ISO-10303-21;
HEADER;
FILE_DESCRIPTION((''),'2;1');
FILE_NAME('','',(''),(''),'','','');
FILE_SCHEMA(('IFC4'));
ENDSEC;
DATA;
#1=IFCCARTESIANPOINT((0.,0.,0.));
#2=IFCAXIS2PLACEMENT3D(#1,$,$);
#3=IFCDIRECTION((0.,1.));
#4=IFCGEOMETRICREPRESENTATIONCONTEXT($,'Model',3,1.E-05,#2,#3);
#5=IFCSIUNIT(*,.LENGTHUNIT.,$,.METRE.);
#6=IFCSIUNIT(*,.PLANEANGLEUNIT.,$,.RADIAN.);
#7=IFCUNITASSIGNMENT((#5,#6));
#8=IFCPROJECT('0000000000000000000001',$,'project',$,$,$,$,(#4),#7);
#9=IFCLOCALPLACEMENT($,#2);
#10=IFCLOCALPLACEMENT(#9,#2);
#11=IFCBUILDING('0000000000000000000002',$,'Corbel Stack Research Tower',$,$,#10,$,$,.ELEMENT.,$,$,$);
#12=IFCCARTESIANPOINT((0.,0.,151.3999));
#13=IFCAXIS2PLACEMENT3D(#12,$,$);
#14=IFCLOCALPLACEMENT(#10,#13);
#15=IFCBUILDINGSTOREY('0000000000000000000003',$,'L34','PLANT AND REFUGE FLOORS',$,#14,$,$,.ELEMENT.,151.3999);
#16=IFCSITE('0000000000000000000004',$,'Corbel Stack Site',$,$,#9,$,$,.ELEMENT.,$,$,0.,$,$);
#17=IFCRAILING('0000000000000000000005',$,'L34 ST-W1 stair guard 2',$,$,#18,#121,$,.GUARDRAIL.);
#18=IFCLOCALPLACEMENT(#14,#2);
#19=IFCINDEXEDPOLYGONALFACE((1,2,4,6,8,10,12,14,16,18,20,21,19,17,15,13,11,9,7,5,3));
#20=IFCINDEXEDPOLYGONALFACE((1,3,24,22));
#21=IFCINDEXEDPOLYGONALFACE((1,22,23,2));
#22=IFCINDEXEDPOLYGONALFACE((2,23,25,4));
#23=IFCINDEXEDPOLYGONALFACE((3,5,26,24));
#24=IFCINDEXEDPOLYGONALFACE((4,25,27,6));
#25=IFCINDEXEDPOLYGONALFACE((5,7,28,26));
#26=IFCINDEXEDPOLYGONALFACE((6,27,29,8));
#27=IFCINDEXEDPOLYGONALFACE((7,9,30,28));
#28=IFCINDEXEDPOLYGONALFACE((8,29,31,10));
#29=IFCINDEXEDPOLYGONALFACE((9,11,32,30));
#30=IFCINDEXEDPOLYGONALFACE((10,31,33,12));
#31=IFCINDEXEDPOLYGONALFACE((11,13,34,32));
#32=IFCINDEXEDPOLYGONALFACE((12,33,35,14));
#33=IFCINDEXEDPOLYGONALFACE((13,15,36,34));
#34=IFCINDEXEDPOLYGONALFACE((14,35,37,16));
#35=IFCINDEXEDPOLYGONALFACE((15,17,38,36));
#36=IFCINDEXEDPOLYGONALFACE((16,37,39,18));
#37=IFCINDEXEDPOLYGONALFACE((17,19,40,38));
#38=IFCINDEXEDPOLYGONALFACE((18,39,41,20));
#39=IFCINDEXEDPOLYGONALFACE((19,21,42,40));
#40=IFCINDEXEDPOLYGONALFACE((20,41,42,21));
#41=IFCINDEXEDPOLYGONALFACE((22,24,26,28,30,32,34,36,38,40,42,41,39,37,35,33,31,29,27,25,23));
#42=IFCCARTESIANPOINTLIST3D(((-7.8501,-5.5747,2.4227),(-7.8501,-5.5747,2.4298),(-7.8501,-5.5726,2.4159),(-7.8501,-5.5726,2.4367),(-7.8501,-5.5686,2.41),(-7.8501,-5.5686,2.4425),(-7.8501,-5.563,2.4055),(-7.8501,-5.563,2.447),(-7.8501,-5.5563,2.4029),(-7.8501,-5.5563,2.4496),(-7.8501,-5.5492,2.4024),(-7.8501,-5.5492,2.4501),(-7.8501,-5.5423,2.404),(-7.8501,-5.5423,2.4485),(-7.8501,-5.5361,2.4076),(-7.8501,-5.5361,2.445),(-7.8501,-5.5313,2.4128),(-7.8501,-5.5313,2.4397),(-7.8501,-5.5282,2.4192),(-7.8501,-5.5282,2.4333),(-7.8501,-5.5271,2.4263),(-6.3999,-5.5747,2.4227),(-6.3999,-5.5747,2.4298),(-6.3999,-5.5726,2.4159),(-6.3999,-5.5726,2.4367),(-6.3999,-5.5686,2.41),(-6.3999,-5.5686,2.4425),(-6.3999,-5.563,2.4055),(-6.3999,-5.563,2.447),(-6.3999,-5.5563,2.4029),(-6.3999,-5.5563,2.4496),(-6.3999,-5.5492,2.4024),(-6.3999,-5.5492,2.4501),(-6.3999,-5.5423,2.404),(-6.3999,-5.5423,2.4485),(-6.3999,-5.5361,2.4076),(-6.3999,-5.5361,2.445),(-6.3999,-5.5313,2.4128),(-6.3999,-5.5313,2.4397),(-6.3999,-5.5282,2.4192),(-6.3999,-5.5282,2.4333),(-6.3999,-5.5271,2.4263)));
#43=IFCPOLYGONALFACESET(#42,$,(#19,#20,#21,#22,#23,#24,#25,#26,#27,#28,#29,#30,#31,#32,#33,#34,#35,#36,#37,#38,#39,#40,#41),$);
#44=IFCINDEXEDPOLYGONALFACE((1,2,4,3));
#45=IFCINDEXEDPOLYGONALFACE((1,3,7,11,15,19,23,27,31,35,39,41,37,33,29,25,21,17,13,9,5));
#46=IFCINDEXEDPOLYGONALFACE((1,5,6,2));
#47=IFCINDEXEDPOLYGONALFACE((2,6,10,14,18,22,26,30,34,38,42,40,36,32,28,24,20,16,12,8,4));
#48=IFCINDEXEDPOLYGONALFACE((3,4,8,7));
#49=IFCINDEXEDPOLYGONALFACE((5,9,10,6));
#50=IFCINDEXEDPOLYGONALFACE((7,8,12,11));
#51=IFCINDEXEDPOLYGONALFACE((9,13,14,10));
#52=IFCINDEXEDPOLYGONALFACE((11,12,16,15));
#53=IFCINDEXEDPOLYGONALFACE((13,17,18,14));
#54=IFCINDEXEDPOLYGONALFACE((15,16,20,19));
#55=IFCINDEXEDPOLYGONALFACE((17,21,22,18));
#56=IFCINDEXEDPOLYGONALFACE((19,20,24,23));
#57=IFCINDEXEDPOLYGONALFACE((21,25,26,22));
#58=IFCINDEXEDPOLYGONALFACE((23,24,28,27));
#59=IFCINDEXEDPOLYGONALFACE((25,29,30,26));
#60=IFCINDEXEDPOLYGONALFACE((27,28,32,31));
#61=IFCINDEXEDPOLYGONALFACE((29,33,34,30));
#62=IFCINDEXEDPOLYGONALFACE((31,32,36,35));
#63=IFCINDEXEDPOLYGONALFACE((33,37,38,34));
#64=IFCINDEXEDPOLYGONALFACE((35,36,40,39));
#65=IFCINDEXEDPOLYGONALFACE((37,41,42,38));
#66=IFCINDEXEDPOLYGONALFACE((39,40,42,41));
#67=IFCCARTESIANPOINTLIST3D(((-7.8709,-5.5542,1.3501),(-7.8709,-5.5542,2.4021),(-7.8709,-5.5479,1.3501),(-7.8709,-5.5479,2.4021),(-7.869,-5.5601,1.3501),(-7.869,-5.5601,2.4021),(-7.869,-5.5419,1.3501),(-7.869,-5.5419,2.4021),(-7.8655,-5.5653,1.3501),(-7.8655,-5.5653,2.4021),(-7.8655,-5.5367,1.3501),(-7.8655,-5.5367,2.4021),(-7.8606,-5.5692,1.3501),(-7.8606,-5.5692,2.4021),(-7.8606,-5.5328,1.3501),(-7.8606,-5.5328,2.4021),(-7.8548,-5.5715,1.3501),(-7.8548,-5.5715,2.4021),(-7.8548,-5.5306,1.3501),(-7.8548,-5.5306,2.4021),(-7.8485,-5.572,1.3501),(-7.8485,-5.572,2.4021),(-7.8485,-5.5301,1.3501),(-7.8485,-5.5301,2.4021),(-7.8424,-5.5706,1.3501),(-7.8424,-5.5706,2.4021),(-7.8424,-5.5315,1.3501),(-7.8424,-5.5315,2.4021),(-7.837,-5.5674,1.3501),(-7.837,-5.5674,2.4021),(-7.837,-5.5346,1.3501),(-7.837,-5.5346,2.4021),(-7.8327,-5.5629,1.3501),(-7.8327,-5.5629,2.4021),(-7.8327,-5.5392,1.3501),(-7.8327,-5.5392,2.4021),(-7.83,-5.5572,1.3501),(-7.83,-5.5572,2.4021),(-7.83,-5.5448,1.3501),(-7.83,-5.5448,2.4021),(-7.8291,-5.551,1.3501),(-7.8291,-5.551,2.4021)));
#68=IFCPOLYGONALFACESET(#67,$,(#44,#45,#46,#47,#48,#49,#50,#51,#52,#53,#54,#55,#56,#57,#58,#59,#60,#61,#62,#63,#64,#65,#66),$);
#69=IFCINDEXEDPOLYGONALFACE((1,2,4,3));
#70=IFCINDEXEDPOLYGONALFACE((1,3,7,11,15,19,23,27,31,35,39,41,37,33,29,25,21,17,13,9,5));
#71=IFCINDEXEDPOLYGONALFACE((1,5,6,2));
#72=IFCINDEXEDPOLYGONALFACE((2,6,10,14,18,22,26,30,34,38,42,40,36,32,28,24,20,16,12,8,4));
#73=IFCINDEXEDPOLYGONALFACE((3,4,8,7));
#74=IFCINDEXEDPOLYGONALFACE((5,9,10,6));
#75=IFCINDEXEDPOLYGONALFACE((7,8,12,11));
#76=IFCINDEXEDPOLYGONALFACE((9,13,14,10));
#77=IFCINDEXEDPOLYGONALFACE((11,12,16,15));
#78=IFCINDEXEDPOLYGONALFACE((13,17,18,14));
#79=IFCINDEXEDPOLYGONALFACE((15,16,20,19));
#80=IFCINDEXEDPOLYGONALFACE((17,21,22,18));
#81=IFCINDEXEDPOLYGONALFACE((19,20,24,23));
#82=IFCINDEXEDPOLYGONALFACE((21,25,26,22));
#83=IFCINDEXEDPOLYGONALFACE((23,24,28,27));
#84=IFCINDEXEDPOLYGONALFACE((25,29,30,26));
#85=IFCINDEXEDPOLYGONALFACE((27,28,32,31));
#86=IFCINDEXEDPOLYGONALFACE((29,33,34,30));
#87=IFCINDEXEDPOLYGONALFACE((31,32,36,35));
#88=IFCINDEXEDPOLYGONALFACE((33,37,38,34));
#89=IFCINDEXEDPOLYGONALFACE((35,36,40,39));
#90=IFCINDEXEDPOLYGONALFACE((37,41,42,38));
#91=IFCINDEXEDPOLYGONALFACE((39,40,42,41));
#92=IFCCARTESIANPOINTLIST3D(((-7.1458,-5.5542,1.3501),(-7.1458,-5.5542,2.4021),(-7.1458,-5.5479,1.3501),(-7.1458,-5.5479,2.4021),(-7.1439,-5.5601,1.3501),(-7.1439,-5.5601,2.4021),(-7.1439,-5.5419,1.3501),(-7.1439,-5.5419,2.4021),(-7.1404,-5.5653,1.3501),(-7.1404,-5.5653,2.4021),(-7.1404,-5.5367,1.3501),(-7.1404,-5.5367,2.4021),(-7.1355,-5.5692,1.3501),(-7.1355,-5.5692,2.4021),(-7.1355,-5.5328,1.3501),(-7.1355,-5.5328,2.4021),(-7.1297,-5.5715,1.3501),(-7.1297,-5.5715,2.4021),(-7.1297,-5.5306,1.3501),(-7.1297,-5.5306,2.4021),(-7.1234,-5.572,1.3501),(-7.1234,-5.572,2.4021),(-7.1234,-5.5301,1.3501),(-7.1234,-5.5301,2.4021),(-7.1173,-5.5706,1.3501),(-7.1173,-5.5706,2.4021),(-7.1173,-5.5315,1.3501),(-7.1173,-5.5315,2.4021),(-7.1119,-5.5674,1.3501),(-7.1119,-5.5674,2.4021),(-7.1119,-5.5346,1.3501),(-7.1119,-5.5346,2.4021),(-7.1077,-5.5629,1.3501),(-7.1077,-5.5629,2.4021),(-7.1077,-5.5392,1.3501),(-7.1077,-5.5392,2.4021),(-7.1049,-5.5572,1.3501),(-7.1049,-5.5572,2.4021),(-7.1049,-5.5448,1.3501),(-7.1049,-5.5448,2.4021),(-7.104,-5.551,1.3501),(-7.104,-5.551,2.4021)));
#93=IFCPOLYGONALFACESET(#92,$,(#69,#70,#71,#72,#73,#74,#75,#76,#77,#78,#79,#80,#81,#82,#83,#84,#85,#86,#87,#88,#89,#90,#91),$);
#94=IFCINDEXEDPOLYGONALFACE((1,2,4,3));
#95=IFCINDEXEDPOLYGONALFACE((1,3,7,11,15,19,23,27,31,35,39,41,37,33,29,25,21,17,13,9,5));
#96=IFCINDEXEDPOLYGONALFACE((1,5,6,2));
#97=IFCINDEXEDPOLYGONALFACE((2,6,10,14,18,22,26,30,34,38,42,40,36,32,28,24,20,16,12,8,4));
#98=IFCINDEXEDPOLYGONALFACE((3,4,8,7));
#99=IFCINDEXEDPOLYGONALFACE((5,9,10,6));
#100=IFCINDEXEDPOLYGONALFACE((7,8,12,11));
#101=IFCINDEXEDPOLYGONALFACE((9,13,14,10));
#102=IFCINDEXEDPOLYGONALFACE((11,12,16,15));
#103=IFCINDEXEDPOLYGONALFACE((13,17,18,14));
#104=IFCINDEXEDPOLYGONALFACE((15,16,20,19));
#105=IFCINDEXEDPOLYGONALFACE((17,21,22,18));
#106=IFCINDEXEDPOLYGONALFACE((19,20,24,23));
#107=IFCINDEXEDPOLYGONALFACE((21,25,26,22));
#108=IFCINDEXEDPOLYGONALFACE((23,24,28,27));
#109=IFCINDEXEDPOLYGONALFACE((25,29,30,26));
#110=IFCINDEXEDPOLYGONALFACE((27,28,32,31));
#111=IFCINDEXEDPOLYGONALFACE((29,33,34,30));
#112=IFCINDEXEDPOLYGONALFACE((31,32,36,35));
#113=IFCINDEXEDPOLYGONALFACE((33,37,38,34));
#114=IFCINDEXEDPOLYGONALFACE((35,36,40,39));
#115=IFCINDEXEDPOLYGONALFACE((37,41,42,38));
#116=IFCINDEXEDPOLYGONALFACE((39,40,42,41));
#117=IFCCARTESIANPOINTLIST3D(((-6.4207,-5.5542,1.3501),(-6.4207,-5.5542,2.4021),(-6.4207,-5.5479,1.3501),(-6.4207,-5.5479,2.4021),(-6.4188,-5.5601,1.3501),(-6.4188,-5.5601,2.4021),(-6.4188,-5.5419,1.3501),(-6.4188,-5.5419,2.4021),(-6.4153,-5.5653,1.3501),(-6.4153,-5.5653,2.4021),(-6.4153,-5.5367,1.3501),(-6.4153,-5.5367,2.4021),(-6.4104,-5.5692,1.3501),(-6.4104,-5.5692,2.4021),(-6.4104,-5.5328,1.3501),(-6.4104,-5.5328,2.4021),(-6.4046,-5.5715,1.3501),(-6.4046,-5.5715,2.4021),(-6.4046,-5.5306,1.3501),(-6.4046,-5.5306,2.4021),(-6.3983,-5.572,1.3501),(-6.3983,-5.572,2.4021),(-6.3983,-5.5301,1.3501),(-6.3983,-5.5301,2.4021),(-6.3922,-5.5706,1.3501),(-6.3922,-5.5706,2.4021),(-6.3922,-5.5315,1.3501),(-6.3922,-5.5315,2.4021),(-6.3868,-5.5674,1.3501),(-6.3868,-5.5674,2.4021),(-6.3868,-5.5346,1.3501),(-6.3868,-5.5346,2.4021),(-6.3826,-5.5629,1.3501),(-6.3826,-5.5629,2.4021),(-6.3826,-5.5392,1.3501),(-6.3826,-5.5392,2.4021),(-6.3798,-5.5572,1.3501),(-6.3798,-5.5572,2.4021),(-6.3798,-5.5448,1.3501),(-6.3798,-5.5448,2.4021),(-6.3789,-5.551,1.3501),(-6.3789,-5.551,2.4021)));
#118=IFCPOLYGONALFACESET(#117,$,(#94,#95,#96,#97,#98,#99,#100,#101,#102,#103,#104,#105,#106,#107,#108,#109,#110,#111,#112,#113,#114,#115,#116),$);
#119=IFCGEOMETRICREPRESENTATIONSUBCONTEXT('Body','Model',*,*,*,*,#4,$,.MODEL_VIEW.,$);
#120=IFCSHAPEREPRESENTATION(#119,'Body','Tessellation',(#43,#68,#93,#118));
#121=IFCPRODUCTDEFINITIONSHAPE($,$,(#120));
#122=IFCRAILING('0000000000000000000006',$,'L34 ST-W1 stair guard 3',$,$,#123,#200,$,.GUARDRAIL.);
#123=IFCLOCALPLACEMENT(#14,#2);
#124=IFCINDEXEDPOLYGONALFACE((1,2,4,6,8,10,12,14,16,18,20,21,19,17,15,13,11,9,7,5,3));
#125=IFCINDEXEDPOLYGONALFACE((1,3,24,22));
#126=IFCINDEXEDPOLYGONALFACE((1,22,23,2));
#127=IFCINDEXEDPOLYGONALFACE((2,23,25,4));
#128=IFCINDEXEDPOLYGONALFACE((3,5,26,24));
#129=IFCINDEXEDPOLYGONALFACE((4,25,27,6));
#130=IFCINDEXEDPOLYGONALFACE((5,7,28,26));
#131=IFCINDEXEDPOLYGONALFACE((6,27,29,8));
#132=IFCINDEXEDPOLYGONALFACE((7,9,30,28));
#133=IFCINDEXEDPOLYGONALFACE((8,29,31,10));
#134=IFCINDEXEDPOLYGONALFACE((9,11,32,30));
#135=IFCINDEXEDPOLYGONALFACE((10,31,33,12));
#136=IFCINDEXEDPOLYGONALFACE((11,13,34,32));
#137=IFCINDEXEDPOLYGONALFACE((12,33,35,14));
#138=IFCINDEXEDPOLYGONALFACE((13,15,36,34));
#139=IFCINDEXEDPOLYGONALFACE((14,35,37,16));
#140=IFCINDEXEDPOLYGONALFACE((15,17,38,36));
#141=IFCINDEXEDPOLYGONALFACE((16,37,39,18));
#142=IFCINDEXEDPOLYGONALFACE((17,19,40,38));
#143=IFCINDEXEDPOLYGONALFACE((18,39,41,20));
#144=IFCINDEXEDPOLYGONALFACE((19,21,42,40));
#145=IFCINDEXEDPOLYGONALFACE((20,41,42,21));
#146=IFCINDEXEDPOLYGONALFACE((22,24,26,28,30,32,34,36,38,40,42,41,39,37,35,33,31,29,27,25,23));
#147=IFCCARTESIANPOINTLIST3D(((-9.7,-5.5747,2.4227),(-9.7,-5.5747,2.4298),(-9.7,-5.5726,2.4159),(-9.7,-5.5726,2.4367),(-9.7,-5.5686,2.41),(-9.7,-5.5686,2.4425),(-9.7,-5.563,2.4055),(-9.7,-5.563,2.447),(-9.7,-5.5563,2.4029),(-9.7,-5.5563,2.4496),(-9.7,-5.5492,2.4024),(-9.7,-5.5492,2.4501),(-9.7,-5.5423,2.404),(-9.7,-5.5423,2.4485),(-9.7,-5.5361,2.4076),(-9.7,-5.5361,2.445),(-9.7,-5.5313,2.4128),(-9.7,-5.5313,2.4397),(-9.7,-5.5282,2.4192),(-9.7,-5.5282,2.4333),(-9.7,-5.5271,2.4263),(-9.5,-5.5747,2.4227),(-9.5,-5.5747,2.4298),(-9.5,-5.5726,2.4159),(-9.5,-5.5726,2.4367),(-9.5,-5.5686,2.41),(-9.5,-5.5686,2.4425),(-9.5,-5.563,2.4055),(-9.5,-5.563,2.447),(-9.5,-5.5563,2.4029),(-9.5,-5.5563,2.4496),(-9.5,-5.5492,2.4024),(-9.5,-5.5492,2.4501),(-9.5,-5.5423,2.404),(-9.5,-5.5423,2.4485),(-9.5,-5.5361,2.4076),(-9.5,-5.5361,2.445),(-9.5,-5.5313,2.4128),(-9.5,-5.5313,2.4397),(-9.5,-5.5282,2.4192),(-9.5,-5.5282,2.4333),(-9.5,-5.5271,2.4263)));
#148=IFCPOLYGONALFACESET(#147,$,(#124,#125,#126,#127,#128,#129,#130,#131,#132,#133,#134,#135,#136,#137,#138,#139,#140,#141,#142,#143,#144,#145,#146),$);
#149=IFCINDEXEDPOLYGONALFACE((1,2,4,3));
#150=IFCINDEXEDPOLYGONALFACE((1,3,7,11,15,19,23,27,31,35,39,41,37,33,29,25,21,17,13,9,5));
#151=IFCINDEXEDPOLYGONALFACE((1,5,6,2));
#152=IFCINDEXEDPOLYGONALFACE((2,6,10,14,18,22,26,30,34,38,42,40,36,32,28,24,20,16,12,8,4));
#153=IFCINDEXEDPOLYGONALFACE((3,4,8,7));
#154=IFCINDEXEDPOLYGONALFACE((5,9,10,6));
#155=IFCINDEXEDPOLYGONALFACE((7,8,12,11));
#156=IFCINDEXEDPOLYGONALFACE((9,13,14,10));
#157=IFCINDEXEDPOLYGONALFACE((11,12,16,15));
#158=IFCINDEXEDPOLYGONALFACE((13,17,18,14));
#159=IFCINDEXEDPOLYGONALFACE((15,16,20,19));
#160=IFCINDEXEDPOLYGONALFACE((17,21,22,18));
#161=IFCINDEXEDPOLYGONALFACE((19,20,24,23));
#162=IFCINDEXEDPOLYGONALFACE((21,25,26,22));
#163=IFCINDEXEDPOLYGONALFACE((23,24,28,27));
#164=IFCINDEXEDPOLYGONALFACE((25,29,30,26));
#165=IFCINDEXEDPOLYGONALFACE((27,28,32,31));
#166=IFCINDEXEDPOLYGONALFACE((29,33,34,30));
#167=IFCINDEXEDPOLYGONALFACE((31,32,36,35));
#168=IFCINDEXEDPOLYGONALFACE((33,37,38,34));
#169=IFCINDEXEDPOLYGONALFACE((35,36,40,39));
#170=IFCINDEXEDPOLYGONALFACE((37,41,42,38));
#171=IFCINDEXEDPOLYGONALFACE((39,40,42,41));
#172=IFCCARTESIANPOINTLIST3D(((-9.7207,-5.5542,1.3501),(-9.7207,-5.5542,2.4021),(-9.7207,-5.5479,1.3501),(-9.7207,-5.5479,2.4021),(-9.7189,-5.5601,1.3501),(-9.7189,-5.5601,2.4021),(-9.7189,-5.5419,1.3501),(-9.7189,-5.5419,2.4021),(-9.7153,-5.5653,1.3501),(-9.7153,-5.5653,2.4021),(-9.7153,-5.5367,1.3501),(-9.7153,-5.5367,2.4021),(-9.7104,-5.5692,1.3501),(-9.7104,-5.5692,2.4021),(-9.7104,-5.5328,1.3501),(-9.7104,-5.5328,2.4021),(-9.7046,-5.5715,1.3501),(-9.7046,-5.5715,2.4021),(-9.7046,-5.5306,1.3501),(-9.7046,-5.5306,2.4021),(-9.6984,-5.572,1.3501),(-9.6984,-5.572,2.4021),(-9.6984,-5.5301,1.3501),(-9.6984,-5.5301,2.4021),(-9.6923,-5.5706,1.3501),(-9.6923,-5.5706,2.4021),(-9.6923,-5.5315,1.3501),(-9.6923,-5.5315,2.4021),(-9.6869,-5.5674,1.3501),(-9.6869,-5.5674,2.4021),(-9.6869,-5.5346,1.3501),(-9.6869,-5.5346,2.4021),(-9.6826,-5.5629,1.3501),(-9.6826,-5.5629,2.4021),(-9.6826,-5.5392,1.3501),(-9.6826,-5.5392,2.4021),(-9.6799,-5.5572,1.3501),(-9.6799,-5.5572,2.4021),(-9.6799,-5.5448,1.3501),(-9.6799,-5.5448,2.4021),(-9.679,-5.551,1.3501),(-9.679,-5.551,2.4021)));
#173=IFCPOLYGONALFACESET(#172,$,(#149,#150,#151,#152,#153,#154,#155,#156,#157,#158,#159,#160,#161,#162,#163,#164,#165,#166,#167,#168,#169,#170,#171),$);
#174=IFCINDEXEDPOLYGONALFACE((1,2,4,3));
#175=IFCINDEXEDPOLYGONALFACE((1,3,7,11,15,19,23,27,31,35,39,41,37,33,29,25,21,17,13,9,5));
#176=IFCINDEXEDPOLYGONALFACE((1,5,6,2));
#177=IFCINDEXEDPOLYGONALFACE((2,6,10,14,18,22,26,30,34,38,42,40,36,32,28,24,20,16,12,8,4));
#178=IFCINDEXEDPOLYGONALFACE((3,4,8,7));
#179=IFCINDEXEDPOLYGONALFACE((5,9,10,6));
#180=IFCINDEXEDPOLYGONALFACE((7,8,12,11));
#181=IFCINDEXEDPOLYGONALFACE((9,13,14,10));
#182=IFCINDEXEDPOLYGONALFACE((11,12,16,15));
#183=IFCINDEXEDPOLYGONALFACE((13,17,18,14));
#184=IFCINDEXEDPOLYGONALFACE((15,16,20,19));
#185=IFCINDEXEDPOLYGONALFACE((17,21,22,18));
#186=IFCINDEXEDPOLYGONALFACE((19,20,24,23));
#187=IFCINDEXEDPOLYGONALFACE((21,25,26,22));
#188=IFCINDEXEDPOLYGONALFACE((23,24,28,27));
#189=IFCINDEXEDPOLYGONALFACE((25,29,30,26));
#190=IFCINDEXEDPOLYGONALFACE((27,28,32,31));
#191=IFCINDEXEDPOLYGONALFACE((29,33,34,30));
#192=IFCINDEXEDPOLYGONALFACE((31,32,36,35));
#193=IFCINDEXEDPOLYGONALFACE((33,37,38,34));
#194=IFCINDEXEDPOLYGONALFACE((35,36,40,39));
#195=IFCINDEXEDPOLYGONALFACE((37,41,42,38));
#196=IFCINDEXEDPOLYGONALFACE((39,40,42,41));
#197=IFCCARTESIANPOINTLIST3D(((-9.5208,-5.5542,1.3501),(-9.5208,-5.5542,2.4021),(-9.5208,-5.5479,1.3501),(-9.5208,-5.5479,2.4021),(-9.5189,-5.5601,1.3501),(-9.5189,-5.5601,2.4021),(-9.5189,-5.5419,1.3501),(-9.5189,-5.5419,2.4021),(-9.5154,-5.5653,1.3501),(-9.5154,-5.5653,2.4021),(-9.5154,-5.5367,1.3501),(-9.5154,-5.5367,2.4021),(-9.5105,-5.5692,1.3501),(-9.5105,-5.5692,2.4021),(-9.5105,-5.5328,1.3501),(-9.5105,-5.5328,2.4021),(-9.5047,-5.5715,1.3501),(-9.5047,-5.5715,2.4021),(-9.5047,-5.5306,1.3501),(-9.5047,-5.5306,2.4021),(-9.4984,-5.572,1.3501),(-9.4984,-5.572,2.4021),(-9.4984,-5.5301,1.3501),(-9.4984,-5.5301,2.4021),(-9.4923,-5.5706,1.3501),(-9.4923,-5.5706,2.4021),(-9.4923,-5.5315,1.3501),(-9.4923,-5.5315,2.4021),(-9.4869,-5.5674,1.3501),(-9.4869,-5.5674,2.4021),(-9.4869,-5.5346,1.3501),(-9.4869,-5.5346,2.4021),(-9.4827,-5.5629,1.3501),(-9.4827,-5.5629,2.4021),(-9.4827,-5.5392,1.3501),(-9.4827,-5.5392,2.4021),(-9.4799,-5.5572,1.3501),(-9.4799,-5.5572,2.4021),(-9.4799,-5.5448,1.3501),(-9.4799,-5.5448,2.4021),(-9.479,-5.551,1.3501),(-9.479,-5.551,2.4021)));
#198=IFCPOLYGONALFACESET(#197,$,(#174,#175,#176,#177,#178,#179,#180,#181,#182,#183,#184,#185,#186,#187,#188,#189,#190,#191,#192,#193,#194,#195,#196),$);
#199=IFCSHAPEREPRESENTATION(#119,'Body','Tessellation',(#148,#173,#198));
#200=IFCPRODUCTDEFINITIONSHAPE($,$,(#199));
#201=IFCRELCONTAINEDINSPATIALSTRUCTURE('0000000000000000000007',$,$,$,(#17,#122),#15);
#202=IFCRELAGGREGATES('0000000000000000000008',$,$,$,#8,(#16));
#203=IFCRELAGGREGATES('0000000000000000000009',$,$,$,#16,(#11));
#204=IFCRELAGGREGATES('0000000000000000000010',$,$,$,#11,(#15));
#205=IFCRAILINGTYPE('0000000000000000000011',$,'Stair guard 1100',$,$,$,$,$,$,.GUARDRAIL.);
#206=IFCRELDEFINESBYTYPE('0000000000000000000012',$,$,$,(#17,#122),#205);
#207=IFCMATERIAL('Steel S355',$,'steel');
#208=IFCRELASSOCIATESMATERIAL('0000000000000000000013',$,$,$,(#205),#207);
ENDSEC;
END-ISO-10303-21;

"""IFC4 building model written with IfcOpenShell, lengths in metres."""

from ifc_helpers import new_model, si_unit, direction, frame, origin, origin_2d, place, context, subcontext, project, spatial, circle, extrude, material, type_object, element, save


model = new_model("IFC4")

# Units and contexts
model_context = context("Model", 3, precision=1e-05, world=origin(), true_north=direction((0.0, 1.0)))
body_context = subcontext(model_context, "Body", "Model", "MODEL_VIEW")
ifc_project = project(units=[si_unit("LENGTHUNIT", "METRE"), si_unit("PLANEANGLEUNIT", "RADIAN")], contexts=[model_context])

# Site, building, storey
site_placement = place(None, origin())
site = spatial("IfcSite", under=ifc_project, at=site_placement, Name="Corbel Stack Site", CompositionType="ELEMENT", RefElevation=0.0)
building_placement = place(site_placement, origin())
building = spatial("IfcBuilding", under=site, at=building_placement, Name="Corbel Stack Research Tower", CompositionType="ELEMENT")
storey_placement = place(building_placement, frame((0.0, 0.0, 151.3999)))
storey = spatial("IfcBuildingStorey", under=building, at=storey_placement, Name="L34", Description="PLANT AND REFUGE FLOORS", CompositionType="ELEMENT", Elevation=151.3999)

# Railings
ifc_material_1 = material(Name="Steel S355", Category="steel")
railing_type_1 = type_object("IfcRailingType", Name="Stair guard 1100", PredefinedType="GUARDRAIL", material=ifc_material_1)
railing_1_placement = place(storey_placement, frame((-7.8501, -5.551, 1.3501)))
element("IfcRailing", 1, at=railing_1_placement, inside=storey, type_object=railing_type_1, Name="L34 ST-W1 stair guard 2", PredefinedType="GUARDRAIL", context=body_context, shape_type="SweptSolid", body=[
    extrude(circle(Radius=0.0239, at=origin_2d()), frame((0.0, 0.0, 1.0762), z_axis=(1.0, 0.0, 0.0), x_axis=(0.0, 1.0, 0.0)), (0.0, 0.0, 1.0), 1.4502),
    extrude(circle(Radius=0.021, at=origin_2d()), origin(), (0.0, 0.0, 1.0), 1.052),
    extrude(circle(Radius=0.021, at=origin_2d()), frame((0.7251, 0.0, 0.0)), (0.0, 0.0, 1.0), 1.052),
    extrude(circle(Radius=0.021, at=origin_2d()), frame((1.4502, 0.0, 0.0)), (0.0, 0.0, 1.0), 1.052),
])
railing_2_placement = place(storey_placement, frame((-9.7, -5.551, 1.3501)))
element("IfcRailing", 2, at=railing_2_placement, inside=storey, type_object=railing_type_1, Name="L34 ST-W1 stair guard 3", PredefinedType="GUARDRAIL", context=body_context, shape_type="SweptSolid", body=[
    extrude(circle(Radius=0.0239, at=origin_2d()), frame((0.0, 0.0, 1.0762), z_axis=(1.0, 0.0, 0.0), x_axis=(0.0, 1.0, 0.0)), (0.0, 0.0, 1.0), 0.2),
    extrude(circle(Radius=0.021, at=origin_2d()), origin(), (0.0, 0.0, 1.0), 1.052),
    extrude(circle(Radius=0.021, at=origin_2d()), frame((0.2, 0.0, 0.0)), (0.0, 0.0, 1.0), 1.052),
])

save(model, "model.ifc")
